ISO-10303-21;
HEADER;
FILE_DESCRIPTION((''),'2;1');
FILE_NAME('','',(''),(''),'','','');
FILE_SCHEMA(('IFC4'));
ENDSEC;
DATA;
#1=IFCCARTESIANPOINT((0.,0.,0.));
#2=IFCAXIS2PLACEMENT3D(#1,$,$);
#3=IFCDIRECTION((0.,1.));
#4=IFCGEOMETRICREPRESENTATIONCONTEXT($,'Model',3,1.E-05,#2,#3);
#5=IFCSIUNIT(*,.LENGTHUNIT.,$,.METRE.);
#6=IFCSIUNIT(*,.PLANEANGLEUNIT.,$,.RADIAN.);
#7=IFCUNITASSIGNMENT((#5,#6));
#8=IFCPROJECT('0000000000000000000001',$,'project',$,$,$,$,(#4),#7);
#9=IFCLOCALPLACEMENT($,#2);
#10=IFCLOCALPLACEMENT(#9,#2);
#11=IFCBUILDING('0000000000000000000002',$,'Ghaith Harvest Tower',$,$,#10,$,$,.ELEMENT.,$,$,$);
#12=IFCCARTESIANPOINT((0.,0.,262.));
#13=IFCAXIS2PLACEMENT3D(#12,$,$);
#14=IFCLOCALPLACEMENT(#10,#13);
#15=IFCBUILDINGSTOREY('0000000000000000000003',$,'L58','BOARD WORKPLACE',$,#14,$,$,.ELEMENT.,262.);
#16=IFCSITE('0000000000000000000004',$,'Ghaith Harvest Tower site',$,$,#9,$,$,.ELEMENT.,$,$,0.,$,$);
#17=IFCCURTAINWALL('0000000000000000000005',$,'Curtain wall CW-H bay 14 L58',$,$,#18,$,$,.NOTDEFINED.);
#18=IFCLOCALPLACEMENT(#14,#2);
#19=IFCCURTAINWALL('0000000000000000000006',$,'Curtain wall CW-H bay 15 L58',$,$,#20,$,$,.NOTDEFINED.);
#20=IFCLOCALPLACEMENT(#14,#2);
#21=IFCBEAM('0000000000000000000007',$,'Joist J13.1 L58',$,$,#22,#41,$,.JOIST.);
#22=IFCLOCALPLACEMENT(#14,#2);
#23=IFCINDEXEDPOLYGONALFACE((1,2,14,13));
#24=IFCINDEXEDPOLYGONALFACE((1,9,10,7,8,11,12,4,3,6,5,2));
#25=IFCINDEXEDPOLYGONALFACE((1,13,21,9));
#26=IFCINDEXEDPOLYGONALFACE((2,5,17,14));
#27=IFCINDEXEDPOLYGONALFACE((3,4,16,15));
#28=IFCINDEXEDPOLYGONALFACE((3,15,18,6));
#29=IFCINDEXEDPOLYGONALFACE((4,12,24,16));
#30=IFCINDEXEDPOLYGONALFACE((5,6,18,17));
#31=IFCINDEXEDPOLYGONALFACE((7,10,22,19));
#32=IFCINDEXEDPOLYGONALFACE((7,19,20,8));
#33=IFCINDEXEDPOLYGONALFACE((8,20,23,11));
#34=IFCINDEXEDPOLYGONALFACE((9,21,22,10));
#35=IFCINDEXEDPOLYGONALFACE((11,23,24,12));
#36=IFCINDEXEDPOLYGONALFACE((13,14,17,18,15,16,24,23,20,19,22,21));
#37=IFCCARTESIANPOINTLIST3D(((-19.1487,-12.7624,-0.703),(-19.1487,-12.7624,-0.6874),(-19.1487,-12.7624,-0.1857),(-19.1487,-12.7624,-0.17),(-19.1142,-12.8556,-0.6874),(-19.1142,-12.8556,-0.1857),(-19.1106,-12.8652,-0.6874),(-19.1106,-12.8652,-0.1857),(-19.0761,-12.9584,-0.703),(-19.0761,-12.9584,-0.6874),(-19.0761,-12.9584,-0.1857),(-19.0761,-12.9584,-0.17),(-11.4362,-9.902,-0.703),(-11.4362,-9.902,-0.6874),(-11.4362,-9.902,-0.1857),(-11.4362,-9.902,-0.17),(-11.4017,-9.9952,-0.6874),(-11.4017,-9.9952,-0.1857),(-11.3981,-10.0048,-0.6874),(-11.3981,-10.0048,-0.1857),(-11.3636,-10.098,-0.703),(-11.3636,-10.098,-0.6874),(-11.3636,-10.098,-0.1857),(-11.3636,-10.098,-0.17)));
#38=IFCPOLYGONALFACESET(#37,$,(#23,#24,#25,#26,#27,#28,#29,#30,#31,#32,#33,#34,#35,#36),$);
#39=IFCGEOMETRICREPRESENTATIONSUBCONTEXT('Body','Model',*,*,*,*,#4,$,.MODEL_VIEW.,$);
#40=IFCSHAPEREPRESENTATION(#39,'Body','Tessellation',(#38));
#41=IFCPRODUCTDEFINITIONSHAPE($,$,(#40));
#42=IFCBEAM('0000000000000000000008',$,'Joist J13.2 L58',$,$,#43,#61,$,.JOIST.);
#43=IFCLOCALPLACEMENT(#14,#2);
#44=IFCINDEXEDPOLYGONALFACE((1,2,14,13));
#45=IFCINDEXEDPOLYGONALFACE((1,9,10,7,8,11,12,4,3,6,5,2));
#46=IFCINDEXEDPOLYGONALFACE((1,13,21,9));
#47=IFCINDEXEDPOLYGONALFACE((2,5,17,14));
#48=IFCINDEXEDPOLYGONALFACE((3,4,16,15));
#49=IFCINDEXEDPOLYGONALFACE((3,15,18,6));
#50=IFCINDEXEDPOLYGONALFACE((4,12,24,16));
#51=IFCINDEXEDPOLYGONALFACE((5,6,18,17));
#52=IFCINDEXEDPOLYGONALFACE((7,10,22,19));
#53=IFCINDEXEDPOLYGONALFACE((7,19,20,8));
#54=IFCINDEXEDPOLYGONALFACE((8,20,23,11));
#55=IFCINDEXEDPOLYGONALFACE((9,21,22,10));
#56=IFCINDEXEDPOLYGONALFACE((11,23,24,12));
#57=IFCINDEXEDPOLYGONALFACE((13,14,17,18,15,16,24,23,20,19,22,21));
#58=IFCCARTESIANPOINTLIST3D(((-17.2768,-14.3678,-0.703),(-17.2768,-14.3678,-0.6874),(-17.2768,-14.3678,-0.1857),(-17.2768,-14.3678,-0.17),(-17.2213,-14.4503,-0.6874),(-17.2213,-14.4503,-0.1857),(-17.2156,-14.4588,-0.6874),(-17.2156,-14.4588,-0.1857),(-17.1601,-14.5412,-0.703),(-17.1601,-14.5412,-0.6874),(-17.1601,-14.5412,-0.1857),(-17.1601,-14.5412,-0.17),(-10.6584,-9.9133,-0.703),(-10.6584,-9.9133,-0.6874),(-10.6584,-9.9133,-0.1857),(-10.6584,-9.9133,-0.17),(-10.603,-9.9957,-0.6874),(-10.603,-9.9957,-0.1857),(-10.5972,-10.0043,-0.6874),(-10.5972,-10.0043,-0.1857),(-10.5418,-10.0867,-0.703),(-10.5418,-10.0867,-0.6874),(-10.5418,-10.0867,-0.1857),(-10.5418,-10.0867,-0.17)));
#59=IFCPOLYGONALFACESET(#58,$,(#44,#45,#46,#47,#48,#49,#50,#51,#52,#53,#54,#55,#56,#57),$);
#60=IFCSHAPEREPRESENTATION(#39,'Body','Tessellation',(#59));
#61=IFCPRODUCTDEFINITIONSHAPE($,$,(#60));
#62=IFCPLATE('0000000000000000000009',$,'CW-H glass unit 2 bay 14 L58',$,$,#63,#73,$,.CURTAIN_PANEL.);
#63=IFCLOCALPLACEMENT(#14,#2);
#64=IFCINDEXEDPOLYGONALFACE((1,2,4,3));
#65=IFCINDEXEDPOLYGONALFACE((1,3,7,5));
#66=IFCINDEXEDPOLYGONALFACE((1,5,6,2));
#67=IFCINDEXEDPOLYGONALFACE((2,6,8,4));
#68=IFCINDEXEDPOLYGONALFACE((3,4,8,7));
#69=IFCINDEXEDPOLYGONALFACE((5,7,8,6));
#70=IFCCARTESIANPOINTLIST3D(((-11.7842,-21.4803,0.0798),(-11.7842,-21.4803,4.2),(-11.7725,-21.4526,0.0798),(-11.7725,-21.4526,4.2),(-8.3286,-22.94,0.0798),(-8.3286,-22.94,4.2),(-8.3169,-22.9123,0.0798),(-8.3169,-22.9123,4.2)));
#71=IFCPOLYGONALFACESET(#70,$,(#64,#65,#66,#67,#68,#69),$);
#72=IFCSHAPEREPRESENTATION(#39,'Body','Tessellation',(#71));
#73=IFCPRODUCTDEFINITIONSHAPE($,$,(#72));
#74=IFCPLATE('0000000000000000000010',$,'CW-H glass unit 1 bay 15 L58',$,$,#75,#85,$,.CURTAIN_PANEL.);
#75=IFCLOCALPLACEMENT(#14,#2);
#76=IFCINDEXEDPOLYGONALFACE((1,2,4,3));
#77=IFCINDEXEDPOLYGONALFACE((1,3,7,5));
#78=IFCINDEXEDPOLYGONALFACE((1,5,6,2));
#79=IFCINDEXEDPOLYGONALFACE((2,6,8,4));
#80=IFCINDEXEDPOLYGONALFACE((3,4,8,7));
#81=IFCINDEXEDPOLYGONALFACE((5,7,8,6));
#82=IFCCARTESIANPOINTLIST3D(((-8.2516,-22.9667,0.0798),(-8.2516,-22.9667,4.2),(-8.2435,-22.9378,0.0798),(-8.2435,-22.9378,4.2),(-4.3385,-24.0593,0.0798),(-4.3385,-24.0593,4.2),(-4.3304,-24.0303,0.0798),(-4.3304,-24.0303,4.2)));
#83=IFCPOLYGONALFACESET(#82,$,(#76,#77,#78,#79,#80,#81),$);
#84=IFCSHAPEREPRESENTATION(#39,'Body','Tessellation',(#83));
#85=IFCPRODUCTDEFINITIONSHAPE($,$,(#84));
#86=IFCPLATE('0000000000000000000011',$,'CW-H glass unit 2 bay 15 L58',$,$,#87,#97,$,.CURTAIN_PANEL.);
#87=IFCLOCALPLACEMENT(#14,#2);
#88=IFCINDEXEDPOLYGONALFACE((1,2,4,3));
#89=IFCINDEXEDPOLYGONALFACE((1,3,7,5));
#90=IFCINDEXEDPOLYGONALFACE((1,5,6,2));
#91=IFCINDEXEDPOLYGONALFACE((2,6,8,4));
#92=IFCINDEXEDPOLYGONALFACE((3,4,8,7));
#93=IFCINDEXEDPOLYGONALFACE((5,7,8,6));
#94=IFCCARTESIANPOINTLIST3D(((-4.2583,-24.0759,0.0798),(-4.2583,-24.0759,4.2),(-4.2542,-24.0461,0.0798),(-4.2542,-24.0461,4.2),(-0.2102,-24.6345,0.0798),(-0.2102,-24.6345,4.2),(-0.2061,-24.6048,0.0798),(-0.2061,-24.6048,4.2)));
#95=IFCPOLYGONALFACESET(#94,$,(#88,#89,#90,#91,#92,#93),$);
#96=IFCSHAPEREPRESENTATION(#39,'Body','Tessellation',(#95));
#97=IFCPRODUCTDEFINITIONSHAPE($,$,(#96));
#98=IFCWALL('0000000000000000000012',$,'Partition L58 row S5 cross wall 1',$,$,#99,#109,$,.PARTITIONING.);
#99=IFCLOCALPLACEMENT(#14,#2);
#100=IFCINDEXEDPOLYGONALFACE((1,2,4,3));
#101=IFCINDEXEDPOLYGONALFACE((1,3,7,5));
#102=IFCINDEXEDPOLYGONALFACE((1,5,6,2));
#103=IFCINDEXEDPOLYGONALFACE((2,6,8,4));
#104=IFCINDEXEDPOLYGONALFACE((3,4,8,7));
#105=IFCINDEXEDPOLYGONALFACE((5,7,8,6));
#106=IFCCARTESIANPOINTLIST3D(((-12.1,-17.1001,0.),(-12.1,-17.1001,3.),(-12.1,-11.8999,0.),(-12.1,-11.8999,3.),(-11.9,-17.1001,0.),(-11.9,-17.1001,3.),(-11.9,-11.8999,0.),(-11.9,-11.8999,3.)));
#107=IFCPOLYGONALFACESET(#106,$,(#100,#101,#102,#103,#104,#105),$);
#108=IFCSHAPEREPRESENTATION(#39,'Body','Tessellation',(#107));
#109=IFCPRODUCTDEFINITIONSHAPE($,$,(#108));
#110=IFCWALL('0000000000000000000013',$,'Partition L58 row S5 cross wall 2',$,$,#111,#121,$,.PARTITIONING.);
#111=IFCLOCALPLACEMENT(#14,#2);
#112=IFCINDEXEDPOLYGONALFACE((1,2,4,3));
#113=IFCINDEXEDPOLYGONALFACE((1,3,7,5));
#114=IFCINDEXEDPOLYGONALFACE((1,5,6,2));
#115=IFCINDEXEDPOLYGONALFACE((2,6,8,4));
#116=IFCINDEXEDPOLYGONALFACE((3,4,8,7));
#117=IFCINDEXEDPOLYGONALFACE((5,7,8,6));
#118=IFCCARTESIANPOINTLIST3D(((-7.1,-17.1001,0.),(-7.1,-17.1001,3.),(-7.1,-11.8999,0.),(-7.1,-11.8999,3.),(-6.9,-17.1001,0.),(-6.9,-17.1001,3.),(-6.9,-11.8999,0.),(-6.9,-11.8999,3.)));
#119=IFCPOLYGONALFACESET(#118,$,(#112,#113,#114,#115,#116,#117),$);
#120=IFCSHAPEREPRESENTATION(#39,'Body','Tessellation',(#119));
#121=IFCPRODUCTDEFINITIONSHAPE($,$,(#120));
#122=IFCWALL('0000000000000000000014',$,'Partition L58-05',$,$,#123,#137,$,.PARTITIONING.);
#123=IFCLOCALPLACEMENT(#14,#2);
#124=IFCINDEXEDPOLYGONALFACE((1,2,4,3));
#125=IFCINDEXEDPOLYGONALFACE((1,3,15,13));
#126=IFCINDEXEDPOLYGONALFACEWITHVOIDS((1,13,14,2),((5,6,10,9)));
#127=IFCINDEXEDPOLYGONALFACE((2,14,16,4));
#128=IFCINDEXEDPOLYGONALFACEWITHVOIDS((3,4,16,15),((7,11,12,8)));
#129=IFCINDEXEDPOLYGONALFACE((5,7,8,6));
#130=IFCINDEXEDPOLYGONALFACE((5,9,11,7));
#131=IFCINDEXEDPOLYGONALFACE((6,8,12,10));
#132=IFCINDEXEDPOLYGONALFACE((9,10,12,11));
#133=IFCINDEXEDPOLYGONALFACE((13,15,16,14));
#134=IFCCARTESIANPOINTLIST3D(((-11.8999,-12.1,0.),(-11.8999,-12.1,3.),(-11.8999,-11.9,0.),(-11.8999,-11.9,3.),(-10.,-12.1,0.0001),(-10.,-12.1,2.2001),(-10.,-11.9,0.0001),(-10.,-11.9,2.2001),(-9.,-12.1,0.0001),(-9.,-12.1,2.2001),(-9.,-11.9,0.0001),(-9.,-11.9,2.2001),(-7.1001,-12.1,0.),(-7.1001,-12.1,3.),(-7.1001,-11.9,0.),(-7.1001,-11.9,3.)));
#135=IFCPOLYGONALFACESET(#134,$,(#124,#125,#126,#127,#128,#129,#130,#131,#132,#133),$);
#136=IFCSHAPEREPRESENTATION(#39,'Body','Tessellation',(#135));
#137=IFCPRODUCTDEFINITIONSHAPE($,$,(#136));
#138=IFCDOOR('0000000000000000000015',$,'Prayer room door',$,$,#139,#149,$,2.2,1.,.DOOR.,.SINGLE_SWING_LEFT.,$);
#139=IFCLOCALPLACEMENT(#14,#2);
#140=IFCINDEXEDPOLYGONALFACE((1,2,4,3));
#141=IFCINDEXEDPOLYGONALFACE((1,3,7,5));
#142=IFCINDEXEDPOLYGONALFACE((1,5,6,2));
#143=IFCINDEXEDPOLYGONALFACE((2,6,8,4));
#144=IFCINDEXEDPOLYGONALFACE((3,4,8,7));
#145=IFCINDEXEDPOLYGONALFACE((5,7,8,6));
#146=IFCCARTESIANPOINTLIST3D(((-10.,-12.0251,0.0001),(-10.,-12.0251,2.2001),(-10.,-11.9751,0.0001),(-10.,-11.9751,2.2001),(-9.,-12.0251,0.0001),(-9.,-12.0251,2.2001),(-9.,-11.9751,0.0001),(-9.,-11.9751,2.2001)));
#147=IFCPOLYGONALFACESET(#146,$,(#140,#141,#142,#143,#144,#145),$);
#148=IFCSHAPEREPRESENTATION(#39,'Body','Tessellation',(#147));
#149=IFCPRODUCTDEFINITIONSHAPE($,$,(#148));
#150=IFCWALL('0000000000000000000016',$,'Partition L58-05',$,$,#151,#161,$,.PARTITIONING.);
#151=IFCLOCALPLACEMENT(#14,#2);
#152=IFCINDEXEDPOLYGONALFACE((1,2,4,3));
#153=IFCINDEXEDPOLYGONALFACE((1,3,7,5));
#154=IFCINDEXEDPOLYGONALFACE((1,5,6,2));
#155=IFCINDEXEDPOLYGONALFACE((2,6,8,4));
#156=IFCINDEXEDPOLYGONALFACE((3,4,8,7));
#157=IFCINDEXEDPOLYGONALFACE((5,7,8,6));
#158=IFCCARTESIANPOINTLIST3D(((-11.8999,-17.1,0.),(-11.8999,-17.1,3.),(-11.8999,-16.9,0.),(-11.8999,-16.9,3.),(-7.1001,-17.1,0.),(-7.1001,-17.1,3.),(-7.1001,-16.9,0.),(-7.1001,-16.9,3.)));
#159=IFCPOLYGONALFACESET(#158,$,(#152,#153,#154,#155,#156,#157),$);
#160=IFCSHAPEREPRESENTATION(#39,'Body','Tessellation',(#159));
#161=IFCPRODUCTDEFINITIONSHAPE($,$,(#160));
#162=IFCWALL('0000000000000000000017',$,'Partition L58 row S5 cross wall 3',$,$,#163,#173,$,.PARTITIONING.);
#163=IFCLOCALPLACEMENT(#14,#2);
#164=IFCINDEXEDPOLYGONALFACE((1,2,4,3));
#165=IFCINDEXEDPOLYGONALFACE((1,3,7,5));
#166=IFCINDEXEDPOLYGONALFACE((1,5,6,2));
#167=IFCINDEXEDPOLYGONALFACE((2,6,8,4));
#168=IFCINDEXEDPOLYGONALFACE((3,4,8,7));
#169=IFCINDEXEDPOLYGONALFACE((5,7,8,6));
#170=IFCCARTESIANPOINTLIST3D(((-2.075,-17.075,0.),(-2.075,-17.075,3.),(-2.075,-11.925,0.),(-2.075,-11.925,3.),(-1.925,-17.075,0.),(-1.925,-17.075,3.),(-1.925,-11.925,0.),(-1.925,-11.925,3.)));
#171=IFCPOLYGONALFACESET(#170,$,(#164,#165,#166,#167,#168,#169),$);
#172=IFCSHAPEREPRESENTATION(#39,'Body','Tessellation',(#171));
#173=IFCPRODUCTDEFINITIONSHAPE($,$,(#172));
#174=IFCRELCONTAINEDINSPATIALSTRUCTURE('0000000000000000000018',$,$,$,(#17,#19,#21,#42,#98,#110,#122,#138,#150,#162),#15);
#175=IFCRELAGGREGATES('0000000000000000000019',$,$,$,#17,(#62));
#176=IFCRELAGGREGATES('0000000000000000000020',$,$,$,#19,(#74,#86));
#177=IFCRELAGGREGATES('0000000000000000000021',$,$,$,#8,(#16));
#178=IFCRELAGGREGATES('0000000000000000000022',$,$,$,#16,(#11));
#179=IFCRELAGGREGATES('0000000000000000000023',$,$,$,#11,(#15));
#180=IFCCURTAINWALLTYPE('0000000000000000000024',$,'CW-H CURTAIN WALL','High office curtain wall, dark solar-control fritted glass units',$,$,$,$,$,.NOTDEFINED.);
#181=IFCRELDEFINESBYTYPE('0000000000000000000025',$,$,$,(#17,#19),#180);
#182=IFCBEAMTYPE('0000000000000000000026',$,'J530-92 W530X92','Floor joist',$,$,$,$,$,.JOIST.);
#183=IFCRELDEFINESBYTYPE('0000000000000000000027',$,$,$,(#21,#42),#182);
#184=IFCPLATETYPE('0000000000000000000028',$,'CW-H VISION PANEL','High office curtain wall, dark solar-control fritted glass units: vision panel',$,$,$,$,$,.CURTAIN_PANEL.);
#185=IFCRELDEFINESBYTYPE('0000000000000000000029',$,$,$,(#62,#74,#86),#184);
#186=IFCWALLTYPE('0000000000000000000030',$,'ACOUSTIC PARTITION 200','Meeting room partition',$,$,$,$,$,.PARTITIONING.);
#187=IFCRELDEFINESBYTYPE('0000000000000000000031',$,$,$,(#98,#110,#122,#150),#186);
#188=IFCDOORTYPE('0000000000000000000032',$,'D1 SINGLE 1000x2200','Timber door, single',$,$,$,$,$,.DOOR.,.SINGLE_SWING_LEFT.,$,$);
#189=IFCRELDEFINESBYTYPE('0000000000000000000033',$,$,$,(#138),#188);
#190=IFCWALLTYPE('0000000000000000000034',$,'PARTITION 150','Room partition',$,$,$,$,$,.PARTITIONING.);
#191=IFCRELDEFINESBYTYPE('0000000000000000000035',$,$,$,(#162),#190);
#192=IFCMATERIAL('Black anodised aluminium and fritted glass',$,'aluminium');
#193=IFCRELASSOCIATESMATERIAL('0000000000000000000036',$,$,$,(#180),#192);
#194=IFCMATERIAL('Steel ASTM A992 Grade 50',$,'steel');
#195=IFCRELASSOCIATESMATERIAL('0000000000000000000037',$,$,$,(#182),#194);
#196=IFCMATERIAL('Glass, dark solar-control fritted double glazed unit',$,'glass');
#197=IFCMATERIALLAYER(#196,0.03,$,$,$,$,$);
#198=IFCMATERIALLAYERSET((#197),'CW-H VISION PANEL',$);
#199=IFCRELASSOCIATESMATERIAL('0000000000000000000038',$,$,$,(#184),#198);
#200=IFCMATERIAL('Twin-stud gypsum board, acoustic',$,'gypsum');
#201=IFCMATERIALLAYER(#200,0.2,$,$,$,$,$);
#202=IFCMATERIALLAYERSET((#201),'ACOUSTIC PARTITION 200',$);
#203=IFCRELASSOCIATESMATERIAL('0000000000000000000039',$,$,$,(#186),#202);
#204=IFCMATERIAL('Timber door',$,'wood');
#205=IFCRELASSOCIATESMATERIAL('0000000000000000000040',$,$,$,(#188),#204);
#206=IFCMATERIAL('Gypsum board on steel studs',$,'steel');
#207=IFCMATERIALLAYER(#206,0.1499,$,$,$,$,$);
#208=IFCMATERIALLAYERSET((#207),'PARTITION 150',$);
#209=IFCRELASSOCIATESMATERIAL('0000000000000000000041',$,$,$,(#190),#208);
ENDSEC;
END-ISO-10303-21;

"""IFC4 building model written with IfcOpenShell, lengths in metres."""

from ifc_helpers import new_model, si_unit, direction, frame, frame_2d, origin, origin_2d, place, context, subcontext, project, spatial, rectangle, i_section, extrude, material, layer, layer_set, material_profile, profile_set, type_object, element, fill, aggregate, save


model = new_model("IFC4")

# Units and contexts
model_context = context("Model", 3, precision=1e-05, world=origin(), true_north=direction((0.0, 1.0)))
body_context = subcontext(model_context, "Body", "Model", "MODEL_VIEW")
ifc_project = project(units=[si_unit("LENGTHUNIT", "METRE"), si_unit("PLANEANGLEUNIT", "RADIAN")], contexts=[model_context])

# Site, building, storey
site_placement = place(None, origin())
site = spatial("IfcSite", under=ifc_project, at=site_placement, Name="Ghaith Harvest Tower site", CompositionType="ELEMENT", RefElevation=0.0)
building_placement = place(site_placement, origin())
building = spatial("IfcBuilding", under=site, at=building_placement, Name="Ghaith Harvest Tower", CompositionType="ELEMENT")
storey_placement = place(building_placement, frame((0.0, 0.0, 262.0)))
storey = spatial("IfcBuildingStorey", under=building, at=storey_placement, Name="L58", Description="BOARD WORKPLACE", CompositionType="ELEMENT", Elevation=262.0)

# Curtain wall
ifc_material_1 = material(Name="Black anodised aluminium and fritted glass", Category="aluminium")
curtain_wall_type = type_object("IfcCurtainWallType", Name="CW-H CURTAIN WALL", Description="High office curtain wall, dark solar-control fritted glass units", PredefinedType="NOTDEFINED", material=ifc_material_1)
curtain_wall_1_placement = place(storey_placement, origin())
curtain_wall_1 = element("IfcCurtainWall", 1, at=curtain_wall_1_placement, inside=storey, type_object=curtain_wall_type, Name="Curtain wall CW-H bay 14 L58", PredefinedType="NOTDEFINED")

# Curtain wall
curtain_wall_2_placement = place(storey_placement, origin())
curtain_wall_2 = element("IfcCurtainWall", 2, at=curtain_wall_2_placement, inside=storey, type_object=curtain_wall_type, Name="Curtain wall CW-H bay 15 L58", PredefinedType="NOTDEFINED")

# Beams
ifc_material_2 = material(Name="Steel ASTM A992 Grade 50", Category="steel")
ifc_material_profile_1 = material_profile(ifc_material_2, i_section(OverallWidth=0.209, OverallDepth=0.533, WebThickness=0.0103, FlangeThickness=0.0156, at=origin_2d()), Name="W530X92")
ifc_profile_set_1 = profile_set([ifc_material_profile_1], Name="Steel ASTM A992 Grade 50")
beam_type_1 = type_object("IfcBeamType", Name="J530-92 W530X92", Description="Floor joist", PredefinedType="JOIST", material=ifc_profile_set_1)
beam_1_placement = place(storey_placement, frame((-11.3999, -10.0, -0.4365), z_axis=(-0.937594, -0.347732, 0.0), x_axis=(0.347732, -0.937594, 0.0)))
element("IfcBeam", 3, at=beam_1_placement, inside=storey, type_object=beam_type_1, Name="Joist J13.1 L58", PredefinedType="JOIST", context=body_context, shape_type="SweptSolid", body=[
    extrude(i_section(OverallWidth=0.209, OverallDepth=0.533, WebThickness=0.0103, FlangeThickness=0.0156, at=origin_2d()), origin(), (0.0, 0.0, 1.0), 8.2258),
])
beam_2_placement = place(storey_placement, frame((-10.6001, -10.0, -0.4365), z_axis=(-0.829594, -0.558367, 0.0), x_axis=(0.558367, -0.829594, 0.0)))
element("IfcBeam", 4, at=beam_2_placement, inside=storey, type_object=beam_type_1, Name="Joist J13.2 L58", PredefinedType="JOIST", context=body_context, shape_type="SweptSolid", body=[
    extrude(i_section(OverallWidth=0.209, OverallDepth=0.533, WebThickness=0.0103, FlangeThickness=0.0156, at=origin_2d()), origin(), (0.0, 0.0, 1.0), 7.9778),
])

# Plates
ifc_material_3 = material(Name="Glass, dark solar-control fritted double glazed unit", Category="glass")
ifc_layer_1 = layer(ifc_material_3, 0.03)
ifc_layer_set_1 = layer_set([ifc_layer_1], Name="CW-H VISION PANEL")
plate_type = type_object("IfcPlateType", Name="CW-H VISION PANEL", Description="High office curtain wall, dark solar-control fritted glass units: vision panel", PredefinedType="CURTAIN_PANEL", material=ifc_layer_set_1)
plate_1_placement = place(storey_placement, frame((-10.0505, -22.1963, 0.0798), z_axis=(0.0, 0.0, 1.0), x_axis=(0.921182, -0.389133, 0.0)))
plate_1 = element("IfcPlate", 5, at=plate_1_placement, type_object=plate_type, Name="CW-H glass unit 2 bay 14 L58", PredefinedType="CURTAIN_PANEL", context=body_context, shape_type="SweptSolid", body=[
    extrude(rectangle(XDim=3.7512, YDim=0.03, at=origin_2d()), origin(), (0.0, 0.0, 1.0), 4.1201),
])
aggregate(curtain_wall_1, [plate_1])
plate_2_placement = place(storey_placement, frame((-6.291, -23.4985, 0.0798), z_axis=(0.0, 0.0, 1.0), x_axis=(0.963163, -0.268919, 0.0)))
plate_2 = element("IfcPlate", 6, at=plate_2_placement, type_object=plate_type, Name="CW-H glass unit 1 bay 15 L58", PredefinedType="CURTAIN_PANEL", context=body_context, shape_type="SweptSolid", body=[
    extrude(rectangle(XDim=4.0627, YDim=0.03, at=origin_2d()), origin(), (0.0, 0.0, 1.0), 4.1201),
])
plate_3_placement = place(storey_placement, frame((-2.2322, -24.3403, 0.0798), z_axis=(0.0, 0.0, 1.0), x_axis=(0.990612, -0.136702, 0.0)))
plate_3 = element("IfcPlate", 7, at=plate_3_placement, type_object=plate_type, Name="CW-H glass unit 2 bay 15 L58", PredefinedType="CURTAIN_PANEL", context=body_context, shape_type="SweptSolid", body=[
    extrude(rectangle(XDim=4.0864, YDim=0.03, at=origin_2d()), origin(), (0.0, 0.0, 1.0), 4.1201),
])
aggregate(curtain_wall_2, [plate_2, plate_3])

# Walls
ifc_material_4 = material(Name="Twin-stud gypsum board, acoustic", Category="gypsum")
ifc_layer_2 = layer(ifc_material_4, 0.2)
ifc_layer_set_2 = layer_set([ifc_layer_2], Name="ACOUSTIC PARTITION 200")
wall_type_1 = type_object("IfcWallType", Name="ACOUSTIC PARTITION 200", Description="Meeting room partition", PredefinedType="PARTITIONING", material=ifc_layer_set_2)
for number, where, z_axis, x_axis, name in (
    (8, (-12.0, -11.8999, 0.0), (0.0, 0.0, 1.0), (0.0, -1.0, 0.0), "Partition L58 row S5 cross wall 1"),
    (9, (-7.0, -11.8999, 0.0), (0.0, 0.0, 1.0), (0.0, -1.0, 0.0), "Partition L58 row S5 cross wall 2"),
):
    element("IfcWall", number, at=place(storey_placement, frame(where, z_axis=z_axis, x_axis=x_axis)), inside=storey, type_object=wall_type_1, Name=name, PredefinedType="PARTITIONING", context=body_context, shape_type="SweptSolid", body=[
        extrude(rectangle(XDim=5.2002, YDim=0.2, at=frame_2d((2.6001, 0.0))), origin(), (0.0, 0.0, 1.0), 3.0),
    ])

# Wall, opening, door
wall_1_placement = place(storey_placement, frame((-11.8999, -12.0, 0.0), z_axis=(0.0, 0.0, 1.0), x_axis=(1.0, 0.0, 0.0)))
wall_1 = element("IfcWall", 10, at=wall_1_placement, inside=storey, type_object=wall_type_1, Name="Partition L58-05", PredefinedType="PARTITIONING", context=body_context, shape_type="SweptSolid", body=[
    extrude(rectangle(XDim=4.7998, YDim=0.2, at=frame_2d((2.3999, 0.0))), origin(), (0.0, 0.0, 1.0), 3.0),
])
opening_1_placement = place(wall_1_placement, frame((1.8999, 0.0, 0.0)))
opening_1 = element("IfcOpeningElement", 11, at=opening_1_placement, cuts=wall_1, PredefinedType="OPENING", context=body_context, shape_type="SweptSolid", body=[
    extrude(rectangle(XDim=1.0, YDim=2.2, at=frame_2d((0.5, 1.1001))), frame((0.0, 0.1099, 0.0), z_axis=(0.0, -1.0, 0.0), x_axis=(1.0, 0.0, 0.0)), (0.0, 0.0, 1.0), 0.22),
])
ifc_material_5 = material(Name="Timber door", Category="wood")
door_type = type_object("IfcDoorType", Name="D1 SINGLE 1000x2200", Description="Timber door, single", OperationType="SINGLE_SWING_LEFT", PredefinedType="DOOR", material=ifc_material_5)
door_1_placement = place(opening_1_placement, origin())
door_1 = element("IfcDoor", 12, at=door_1_placement, inside=storey, type_object=door_type, Name="Prayer room door", OperationType="SINGLE_SWING_LEFT", OverallHeight=2.2, OverallWidth=1.0, PredefinedType="DOOR", context=body_context, shape_type="SweptSolid", body=[
    extrude(rectangle(XDim=1.0, YDim=2.2, at=frame_2d((0.5, 1.1001))), frame((0.0, 0.0249, 0.0), z_axis=(0.0, -1.0, 0.0), x_axis=(1.0, 0.0, 0.0)), (0.0, 0.0, 1.0), 0.05),
])
fill(opening_1, door_1)

# Walls
wall_2_placement = place(storey_placement, frame((-11.8999, -17.0, 0.0), z_axis=(0.0, 0.0, 1.0), x_axis=(1.0, 0.0, 0.0)))
element("IfcWall", 13, at=wall_2_placement, inside=storey, type_object=wall_type_1, Name="Partition L58-05", PredefinedType="PARTITIONING", context=body_context, shape_type="SweptSolid", body=[
    extrude(rectangle(XDim=4.7998, YDim=0.2, at=frame_2d((2.3999, 0.0))), origin(), (0.0, 0.0, 1.0), 3.0),
])
ifc_material_6 = material(Name="Gypsum board on steel studs", Category="steel")
ifc_layer_3 = layer(ifc_material_6, 0.1499)
ifc_layer_set_3 = layer_set([ifc_layer_3], Name="PARTITION 150")
wall_type_2 = type_object("IfcWallType", Name="PARTITION 150", Description="Room partition", PredefinedType="PARTITIONING", material=ifc_layer_set_3)
wall_3_placement = place(storey_placement, frame((-2.0, -11.925, 0.0), z_axis=(0.0, 0.0, 1.0), x_axis=(0.0, -1.0, 0.0)))
element("IfcWall", 14, at=wall_3_placement, inside=storey, type_object=wall_type_2, Name="Partition L58 row S5 cross wall 3", PredefinedType="PARTITIONING", context=body_context, shape_type="SweptSolid", body=[
    extrude(rectangle(XDim=5.1499, YDim=0.1499, at=frame_2d((2.575, 0.0))), origin(), (0.0, 0.0, 1.0), 3.0),
])

save(model, "model.ifc")
